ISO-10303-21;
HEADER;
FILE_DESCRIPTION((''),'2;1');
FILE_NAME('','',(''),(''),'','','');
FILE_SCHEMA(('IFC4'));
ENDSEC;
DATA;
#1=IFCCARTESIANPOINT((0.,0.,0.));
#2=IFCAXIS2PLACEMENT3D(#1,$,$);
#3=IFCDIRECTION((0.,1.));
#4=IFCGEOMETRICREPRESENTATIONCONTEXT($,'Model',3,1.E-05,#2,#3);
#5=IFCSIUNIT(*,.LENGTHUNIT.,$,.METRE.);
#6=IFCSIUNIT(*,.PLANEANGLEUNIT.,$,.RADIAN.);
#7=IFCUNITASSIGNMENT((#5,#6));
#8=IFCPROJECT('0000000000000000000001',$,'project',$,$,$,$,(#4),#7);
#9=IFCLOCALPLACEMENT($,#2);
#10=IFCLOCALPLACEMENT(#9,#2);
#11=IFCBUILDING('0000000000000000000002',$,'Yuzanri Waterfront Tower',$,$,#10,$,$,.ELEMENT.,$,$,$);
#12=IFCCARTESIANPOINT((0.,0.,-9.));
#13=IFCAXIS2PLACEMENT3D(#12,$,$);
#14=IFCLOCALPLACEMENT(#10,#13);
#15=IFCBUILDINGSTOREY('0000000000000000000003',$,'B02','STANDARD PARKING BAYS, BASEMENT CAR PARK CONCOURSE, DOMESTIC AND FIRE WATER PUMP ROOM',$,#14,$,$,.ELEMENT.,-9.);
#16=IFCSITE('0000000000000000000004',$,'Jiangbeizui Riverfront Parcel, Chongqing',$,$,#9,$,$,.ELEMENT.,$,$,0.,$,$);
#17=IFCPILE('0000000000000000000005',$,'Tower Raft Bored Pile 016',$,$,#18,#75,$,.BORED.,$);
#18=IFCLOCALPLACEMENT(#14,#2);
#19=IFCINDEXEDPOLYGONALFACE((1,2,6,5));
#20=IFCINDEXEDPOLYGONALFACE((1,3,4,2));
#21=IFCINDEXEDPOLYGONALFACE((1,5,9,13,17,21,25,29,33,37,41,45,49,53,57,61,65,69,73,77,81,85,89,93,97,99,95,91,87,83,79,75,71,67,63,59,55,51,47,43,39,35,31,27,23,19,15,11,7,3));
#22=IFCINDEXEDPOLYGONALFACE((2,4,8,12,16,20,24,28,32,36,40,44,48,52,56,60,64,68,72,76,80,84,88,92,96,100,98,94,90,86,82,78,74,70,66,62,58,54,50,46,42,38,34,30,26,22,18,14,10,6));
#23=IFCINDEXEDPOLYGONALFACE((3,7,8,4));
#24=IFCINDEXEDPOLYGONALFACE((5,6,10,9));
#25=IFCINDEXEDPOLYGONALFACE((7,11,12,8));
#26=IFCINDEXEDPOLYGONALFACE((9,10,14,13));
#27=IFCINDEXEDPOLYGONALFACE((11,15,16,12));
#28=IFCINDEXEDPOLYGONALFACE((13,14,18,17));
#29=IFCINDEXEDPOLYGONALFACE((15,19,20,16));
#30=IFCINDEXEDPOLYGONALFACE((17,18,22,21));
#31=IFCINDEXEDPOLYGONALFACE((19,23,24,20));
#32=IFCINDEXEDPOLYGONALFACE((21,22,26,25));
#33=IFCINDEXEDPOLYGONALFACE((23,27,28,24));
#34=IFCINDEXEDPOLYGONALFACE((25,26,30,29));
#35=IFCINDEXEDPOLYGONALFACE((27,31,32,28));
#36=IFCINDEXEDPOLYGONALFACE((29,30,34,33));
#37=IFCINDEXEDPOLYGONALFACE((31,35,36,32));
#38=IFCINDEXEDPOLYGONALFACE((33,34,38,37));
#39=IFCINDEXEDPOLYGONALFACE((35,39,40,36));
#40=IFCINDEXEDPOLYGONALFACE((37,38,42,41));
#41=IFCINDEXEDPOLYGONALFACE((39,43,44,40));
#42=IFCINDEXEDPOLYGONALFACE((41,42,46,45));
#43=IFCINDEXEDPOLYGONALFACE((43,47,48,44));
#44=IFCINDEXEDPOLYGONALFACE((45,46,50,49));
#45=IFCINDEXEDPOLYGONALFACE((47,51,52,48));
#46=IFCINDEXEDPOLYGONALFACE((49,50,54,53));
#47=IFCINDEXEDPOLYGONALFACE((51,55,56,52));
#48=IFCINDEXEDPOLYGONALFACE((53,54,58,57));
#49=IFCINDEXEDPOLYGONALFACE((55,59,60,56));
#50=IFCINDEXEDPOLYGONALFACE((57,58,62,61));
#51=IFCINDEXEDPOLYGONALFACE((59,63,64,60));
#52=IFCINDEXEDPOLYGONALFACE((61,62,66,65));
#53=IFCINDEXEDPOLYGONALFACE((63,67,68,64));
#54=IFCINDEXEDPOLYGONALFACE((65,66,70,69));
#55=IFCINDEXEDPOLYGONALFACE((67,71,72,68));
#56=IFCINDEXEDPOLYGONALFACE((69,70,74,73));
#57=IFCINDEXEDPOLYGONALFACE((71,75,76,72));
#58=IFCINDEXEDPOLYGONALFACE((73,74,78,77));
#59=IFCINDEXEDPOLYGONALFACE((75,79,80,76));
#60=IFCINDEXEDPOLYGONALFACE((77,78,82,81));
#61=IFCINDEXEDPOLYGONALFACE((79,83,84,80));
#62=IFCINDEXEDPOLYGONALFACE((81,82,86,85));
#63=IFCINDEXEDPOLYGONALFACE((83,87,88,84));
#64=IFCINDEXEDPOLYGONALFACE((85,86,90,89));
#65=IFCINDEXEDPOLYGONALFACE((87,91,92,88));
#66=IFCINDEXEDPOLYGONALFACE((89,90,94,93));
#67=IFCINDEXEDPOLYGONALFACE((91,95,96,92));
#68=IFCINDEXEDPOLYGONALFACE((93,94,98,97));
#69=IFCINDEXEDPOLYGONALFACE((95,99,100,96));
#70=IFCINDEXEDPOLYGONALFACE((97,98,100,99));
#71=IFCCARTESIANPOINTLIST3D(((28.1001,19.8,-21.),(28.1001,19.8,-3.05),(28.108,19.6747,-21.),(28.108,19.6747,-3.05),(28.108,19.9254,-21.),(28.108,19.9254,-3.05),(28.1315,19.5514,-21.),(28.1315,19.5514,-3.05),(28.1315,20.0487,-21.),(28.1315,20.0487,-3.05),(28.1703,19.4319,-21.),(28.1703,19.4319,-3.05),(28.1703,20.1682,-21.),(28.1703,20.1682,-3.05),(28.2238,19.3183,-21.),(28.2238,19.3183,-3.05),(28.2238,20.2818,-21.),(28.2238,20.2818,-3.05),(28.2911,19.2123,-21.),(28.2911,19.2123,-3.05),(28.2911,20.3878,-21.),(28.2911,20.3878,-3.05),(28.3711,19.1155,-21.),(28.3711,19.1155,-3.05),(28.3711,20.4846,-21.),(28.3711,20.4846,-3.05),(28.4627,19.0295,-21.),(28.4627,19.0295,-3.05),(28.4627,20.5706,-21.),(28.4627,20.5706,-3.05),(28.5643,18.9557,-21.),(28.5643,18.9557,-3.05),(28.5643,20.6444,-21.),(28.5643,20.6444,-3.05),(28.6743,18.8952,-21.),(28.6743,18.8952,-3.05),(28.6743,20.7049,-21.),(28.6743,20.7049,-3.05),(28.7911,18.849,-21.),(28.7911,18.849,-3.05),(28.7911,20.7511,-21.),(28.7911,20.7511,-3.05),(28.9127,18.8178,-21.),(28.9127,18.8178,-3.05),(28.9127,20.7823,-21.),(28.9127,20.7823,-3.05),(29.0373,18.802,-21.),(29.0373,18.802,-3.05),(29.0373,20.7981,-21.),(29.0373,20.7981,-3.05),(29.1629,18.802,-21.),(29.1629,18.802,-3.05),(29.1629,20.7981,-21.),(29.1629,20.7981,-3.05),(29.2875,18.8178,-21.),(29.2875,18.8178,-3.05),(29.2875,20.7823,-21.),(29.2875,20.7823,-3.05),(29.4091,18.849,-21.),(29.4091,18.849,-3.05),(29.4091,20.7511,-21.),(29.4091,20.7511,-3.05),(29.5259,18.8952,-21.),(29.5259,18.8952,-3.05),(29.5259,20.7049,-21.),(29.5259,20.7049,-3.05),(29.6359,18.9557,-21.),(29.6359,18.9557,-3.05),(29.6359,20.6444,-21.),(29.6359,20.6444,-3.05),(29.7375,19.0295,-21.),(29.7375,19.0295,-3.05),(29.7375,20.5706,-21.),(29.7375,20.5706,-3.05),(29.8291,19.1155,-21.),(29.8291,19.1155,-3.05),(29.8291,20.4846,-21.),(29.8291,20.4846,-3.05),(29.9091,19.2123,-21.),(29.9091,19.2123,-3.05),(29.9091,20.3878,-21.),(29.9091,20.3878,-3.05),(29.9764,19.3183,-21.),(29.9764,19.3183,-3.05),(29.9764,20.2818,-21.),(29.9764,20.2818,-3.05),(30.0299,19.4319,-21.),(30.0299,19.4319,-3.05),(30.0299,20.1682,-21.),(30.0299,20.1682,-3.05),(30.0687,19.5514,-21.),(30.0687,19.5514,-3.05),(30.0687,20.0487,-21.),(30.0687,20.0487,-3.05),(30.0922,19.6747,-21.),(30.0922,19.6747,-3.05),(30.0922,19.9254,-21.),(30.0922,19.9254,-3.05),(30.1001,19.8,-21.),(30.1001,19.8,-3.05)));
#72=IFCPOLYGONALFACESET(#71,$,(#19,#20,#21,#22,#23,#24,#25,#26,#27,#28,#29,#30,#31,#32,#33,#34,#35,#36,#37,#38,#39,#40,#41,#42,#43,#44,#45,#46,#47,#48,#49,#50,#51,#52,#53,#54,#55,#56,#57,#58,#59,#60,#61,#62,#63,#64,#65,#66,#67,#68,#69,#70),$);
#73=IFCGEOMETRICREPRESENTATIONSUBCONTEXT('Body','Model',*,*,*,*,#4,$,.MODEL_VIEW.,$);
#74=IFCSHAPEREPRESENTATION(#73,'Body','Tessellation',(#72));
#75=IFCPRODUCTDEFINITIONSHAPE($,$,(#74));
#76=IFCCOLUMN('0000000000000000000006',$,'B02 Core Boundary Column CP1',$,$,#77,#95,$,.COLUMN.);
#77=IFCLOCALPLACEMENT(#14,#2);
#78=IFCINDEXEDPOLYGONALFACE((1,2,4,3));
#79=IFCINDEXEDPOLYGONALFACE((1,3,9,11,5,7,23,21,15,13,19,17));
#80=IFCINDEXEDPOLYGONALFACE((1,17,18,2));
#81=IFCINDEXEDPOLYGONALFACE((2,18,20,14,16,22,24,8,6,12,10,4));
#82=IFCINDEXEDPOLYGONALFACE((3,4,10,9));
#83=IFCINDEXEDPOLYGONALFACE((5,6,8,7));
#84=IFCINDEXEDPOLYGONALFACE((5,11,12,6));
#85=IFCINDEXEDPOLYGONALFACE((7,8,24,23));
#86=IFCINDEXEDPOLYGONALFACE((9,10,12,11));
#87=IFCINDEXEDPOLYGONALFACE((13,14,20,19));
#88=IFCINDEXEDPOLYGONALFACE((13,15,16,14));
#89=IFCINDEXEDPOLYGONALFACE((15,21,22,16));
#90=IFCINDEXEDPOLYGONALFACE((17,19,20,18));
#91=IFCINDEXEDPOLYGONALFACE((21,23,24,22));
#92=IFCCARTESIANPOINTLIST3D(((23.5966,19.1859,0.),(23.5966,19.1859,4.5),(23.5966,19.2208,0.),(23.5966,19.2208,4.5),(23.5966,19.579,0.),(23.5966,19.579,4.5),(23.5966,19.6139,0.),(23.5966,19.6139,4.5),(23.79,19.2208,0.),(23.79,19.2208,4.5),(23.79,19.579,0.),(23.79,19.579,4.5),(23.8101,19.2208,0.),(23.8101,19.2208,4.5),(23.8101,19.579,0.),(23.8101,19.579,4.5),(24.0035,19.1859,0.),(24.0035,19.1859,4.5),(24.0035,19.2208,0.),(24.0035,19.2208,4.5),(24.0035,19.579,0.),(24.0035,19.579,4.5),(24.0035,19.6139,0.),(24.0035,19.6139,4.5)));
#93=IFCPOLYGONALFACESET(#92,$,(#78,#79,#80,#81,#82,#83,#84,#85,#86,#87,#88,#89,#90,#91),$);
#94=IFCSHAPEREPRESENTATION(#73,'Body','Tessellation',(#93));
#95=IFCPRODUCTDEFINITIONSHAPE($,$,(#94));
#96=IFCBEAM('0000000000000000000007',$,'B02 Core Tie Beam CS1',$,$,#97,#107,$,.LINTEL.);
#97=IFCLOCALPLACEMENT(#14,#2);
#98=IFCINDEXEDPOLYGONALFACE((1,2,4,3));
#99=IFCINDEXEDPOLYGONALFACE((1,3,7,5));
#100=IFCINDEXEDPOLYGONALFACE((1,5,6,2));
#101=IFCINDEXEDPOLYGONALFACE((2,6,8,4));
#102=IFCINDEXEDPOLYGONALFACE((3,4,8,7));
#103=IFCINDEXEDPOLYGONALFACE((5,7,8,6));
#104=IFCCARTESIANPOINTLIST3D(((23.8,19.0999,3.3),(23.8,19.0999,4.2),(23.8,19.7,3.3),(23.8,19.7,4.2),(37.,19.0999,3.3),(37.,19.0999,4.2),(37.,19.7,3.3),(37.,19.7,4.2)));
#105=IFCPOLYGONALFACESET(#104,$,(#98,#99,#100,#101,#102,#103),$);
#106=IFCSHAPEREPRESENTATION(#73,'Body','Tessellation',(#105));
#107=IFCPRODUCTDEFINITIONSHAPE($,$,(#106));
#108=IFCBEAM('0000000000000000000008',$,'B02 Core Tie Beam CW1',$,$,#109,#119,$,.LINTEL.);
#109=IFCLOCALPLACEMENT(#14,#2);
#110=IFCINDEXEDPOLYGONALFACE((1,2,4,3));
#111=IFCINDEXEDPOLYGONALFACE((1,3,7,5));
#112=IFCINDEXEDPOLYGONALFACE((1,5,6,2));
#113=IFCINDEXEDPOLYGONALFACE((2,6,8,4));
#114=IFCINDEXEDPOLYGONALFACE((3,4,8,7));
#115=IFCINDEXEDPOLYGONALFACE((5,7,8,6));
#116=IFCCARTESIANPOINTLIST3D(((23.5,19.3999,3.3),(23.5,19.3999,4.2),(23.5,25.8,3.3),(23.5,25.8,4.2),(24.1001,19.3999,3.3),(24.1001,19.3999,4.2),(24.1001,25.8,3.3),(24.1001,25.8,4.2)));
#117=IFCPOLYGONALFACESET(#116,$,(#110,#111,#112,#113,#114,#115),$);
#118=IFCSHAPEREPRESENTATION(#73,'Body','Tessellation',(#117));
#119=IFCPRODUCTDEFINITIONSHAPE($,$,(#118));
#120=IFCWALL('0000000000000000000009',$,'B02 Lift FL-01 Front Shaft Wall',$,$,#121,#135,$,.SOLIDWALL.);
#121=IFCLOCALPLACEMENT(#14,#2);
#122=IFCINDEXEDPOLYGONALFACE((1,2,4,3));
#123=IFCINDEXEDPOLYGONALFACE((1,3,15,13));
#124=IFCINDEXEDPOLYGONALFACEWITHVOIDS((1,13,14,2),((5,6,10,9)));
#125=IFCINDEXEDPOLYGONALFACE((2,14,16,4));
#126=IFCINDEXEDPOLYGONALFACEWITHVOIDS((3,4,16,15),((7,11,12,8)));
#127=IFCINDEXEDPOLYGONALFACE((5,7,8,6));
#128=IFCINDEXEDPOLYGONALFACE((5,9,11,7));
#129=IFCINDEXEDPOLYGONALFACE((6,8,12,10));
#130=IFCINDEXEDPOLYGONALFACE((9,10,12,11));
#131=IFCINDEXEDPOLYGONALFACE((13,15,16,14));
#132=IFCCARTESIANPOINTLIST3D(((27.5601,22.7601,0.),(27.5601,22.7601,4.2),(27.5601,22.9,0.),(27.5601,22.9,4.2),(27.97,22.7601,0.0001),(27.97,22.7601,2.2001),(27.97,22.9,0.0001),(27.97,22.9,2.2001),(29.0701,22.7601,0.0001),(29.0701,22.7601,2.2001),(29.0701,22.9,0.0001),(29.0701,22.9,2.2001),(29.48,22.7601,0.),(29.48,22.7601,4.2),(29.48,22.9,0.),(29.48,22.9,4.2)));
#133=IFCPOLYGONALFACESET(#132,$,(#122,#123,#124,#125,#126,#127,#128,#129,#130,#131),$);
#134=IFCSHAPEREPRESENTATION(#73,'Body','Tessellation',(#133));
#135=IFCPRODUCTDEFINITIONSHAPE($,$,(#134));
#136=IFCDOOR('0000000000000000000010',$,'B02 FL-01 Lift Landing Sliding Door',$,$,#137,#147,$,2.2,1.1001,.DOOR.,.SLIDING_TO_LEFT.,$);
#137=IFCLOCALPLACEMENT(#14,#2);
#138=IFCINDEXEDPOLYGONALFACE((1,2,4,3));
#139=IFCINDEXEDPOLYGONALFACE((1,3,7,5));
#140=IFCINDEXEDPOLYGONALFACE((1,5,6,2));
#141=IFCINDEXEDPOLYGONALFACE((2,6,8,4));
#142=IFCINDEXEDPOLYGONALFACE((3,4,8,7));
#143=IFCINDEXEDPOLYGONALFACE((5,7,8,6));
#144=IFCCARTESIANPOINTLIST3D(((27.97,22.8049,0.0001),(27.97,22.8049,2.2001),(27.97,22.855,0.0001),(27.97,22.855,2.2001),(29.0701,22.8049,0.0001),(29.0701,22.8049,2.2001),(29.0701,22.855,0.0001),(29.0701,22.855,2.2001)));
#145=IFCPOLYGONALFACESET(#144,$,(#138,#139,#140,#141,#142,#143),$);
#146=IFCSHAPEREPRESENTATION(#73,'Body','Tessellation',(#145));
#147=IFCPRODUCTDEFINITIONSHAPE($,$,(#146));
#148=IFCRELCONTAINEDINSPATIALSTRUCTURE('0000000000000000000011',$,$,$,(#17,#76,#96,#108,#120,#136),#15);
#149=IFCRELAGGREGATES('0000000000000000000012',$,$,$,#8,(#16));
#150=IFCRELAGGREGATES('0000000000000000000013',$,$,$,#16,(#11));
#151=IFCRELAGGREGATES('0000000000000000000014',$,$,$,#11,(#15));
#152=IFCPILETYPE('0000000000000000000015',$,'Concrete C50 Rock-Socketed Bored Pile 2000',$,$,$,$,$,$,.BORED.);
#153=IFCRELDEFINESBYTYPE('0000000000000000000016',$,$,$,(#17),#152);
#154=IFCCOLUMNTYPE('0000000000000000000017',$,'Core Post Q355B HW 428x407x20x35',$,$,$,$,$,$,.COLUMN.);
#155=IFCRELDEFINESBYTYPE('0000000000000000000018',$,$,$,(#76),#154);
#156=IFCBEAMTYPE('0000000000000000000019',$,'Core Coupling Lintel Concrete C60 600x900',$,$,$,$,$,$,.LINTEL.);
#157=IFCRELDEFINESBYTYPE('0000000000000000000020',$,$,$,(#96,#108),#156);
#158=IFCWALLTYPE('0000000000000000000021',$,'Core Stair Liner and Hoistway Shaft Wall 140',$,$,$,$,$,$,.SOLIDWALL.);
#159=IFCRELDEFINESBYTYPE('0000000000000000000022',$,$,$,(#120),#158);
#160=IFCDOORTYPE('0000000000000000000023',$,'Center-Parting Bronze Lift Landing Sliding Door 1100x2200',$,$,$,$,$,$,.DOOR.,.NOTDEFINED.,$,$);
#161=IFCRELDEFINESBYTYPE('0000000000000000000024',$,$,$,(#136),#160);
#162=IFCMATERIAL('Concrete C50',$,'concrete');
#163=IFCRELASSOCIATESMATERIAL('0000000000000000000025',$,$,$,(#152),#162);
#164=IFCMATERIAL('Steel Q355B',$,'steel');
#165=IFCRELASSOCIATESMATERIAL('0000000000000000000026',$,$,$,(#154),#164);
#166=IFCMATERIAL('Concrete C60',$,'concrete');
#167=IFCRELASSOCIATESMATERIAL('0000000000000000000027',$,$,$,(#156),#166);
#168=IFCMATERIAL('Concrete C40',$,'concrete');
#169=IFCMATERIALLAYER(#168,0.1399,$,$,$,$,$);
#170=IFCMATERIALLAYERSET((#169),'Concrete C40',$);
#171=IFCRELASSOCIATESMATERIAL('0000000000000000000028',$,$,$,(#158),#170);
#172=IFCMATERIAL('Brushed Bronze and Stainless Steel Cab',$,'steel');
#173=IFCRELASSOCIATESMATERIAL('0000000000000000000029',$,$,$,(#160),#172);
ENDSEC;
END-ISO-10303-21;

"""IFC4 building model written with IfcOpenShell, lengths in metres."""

from ifc_helpers import new_model, si_unit, direction, frame, frame_2d, origin, origin_2d, place, context, subcontext, project, spatial, rectangle, circle, i_section, extrude, source, transform, mapped, material, layer, layer_set, material_profile, profile_set, type_object, element, fill, save


model = new_model("IFC4")

# Units and contexts
model_context = context("Model", 3, precision=1e-05, world=origin(), true_north=direction((0.0, 1.0)))
body_context = subcontext(model_context, "Body", "Model", "MODEL_VIEW")
ifc_project = project(units=[si_unit("LENGTHUNIT", "METRE"), si_unit("PLANEANGLEUNIT", "RADIAN")], contexts=[model_context])

# Site, building, storey
site_placement = place(None, origin())
site = spatial("IfcSite", under=ifc_project, at=site_placement, Name="Jiangbeizui Riverfront Parcel, Chongqing", CompositionType="ELEMENT", RefElevation=0.0)
building_placement = place(site_placement, origin())
building = spatial("IfcBuilding", under=site, at=building_placement, Name="Yuzanri Waterfront Tower", CompositionType="ELEMENT")
storey_placement = place(building_placement, frame((0.0, 0.0, -9.0)))
storey = spatial("IfcBuildingStorey", under=building, at=storey_placement, Name="B02", Description="STANDARD PARKING BAYS, BASEMENT CAR PARK CONCOURSE, DOMESTIC AND FIRE WATER PUMP ROOM", CompositionType="ELEMENT", Elevation=-9.0)

# Pile
ifc_material_1 = material(Name="Concrete C50", Category="concrete")
ifc_material_profile_1 = material_profile(ifc_material_1, circle(Radius=1.0, at=origin_2d()), Name="PILE D2000")
ifc_profile_set_1 = profile_set([ifc_material_profile_1], Name="Concrete C50")
pile_type_1 = type_object("IfcPileType", Name="Concrete C50 Rock-Socketed Bored Pile 2000", PredefinedType="BORED", material=ifc_profile_set_1)
shared_shape_1 = source(origin(), body_context, "Body", "SweptSolid", [
    extrude(circle(Radius=1.0, at=origin_2d()), origin(), (0.0, 0.0, 1.0), 17.95),
])
for number, where, z_axis, x_axis, name in (
    (1, (29.1001, 19.8, -3.05), (0.0, 0.0, -1.0), (1.0, 0.0, 0.0), "Tower Raft Bored Pile 016"),
):
    element("IfcPile", number, at=place(storey_placement, frame(where, z_axis=z_axis, x_axis=x_axis)), inside=storey, type_object=pile_type_1, Name=name, PredefinedType="BORED", context=body_context, shape_type="MappedRepresentation", body=[
        mapped(shared_shape_1, transform((0.0, 0.0, 0.0), scale=1.0)),
    ])

# Column
ifc_material_2 = material(Name="Steel Q355B", Category="steel")
ifc_material_profile_2 = material_profile(ifc_material_2, i_section(OverallWidth=0.407, OverallDepth=0.428, WebThickness=0.02, FlangeThickness=0.0349, at=origin_2d()), Name="HW 428x407x20x35")
ifc_profile_set_2 = profile_set([ifc_material_profile_2], Name="Steel Q355B")
column_type = type_object("IfcColumnType", Name="Core Post Q355B HW 428x407x20x35", PredefinedType="COLUMN", material=ifc_profile_set_2)
shared_shape_2 = source(origin(), body_context, "Body", "SweptSolid", [
    extrude(i_section(OverallWidth=0.407, OverallDepth=0.428, WebThickness=0.02, FlangeThickness=0.0349, at=origin_2d()), origin(), (0.0, 0.0, 1.0), 4.5),
])
column_placement = place(storey_placement, frame((23.8, 19.3999, 0.0), z_axis=(0.0, 0.0, 1.0), x_axis=(1.0, 0.0, 0.0)))
element("IfcColumn", 2, at=column_placement, inside=storey, type_object=column_type, Name="B02 Core Boundary Column CP1", PredefinedType="COLUMN", context=body_context, shape_type="MappedRepresentation", body=[
    mapped(shared_shape_2, transform((0.0, 0.0, 0.0), scale=1.0)),
])

# Beams
ifc_material_3 = material(Name="Concrete C60", Category="concrete")
ifc_material_profile_3 = material_profile(ifc_material_3, rectangle(XDim=0.6001, YDim=0.8999, at=origin_2d()), Name="RC 600x900")
ifc_profile_set_3 = profile_set([ifc_material_profile_3], Name="Concrete C60")
beam_type = type_object("IfcBeamType", Name="Core Coupling Lintel Concrete C60 600x900", PredefinedType="LINTEL", material=ifc_profile_set_3)
shared_shape_3 = source(origin(), body_context, "Body", "SweptSolid", [
    extrude(rectangle(XDim=0.6001, YDim=0.8999, at=origin_2d()), origin(), (0.0, 0.0, 1.0), 13.2),
])
beam_1_placement = place(storey_placement, frame((23.8, 19.3999, 3.75), z_axis=(1.0, 0.0, 0.0), x_axis=(0.0, 1.0, 0.0)))
element("IfcBeam", 3, at=beam_1_placement, inside=storey, type_object=beam_type, Name="B02 Core Tie Beam CS1", PredefinedType="LINTEL", context=body_context, shape_type="MappedRepresentation", body=[
    mapped(shared_shape_3, transform((0.0, 0.0, 0.0), scale=1.0)),
])
shared_shape_4 = source(origin(), body_context, "Body", "SweptSolid", [
    extrude(rectangle(XDim=0.6001, YDim=0.8999, at=origin_2d()), origin(), (0.0, 0.0, 1.0), 6.4001),
])
beam_2_placement = place(storey_placement, frame((23.8, 19.3999, 3.75), z_axis=(0.0, 1.0, 0.0), x_axis=(-1.0, 0.0, 0.0)))
element("IfcBeam", 4, at=beam_2_placement, inside=storey, type_object=beam_type, Name="B02 Core Tie Beam CW1", PredefinedType="LINTEL", context=body_context, shape_type="MappedRepresentation", body=[
    mapped(shared_shape_4, transform((0.0, 0.0, 0.0), scale=1.0)),
])

# Wall, opening, door
ifc_material_4 = material(Name="Concrete C40", Category="concrete")
ifc_layer_1 = layer(ifc_material_4, 0.1399)
ifc_layer_set_1 = layer_set([ifc_layer_1], Name="Concrete C40")
wall_type_1 = type_object("IfcWallType", Name="Core Stair Liner and Hoistway Shaft Wall 140", PredefinedType="SOLIDWALL", material=ifc_layer_set_1)
wall_1_placement = place(storey_placement, frame((27.5601, 22.8301, 0.0), z_axis=(0.0, 0.0, 1.0), x_axis=(1.0, 0.0, 0.0)))
wall_1 = element("IfcWall", 5, at=wall_1_placement, inside=storey, type_object=wall_type_1, Name="B02 Lift FL-01 Front Shaft Wall", PredefinedType="SOLIDWALL", context=body_context, shape_type="SweptSolid", body=[
    extrude(rectangle(XDim=1.9199, YDim=0.1399, at=frame_2d((0.96, 0.0))), origin(), (0.0, 0.0, 1.0), 4.2),
])
opening_1_placement = place(wall_1_placement, frame((0.4099, 0.0, 0.0)))
opening_1 = element("IfcOpeningElement", 6, at=opening_1_placement, cuts=wall_1, PredefinedType="OPENING", context=body_context, shape_type="SweptSolid", body=[
    extrude(rectangle(XDim=1.1001, YDim=2.2, at=frame_2d((0.55, 1.1001))), frame((0.0, 0.085, 0.0), z_axis=(0.0, -1.0, 0.0), x_axis=(1.0, 0.0, 0.0)), (0.0, 0.0, 1.0), 0.1697),
])
ifc_material_5 = material(Name="Brushed Bronze and Stainless Steel Cab", Category="steel")
door_type_1 = type_object("IfcDoorType", Name="Center-Parting Bronze Lift Landing Sliding Door 1100x2200", OperationType="NOTDEFINED", PredefinedType="DOOR", material=ifc_material_5)
shared_shape_5 = source(origin(), body_context, "Body", "SweptSolid", [
    extrude(rectangle(XDim=1.1001, YDim=2.2, at=frame_2d((0.55, 1.1001))), frame((0.0, 0.0249, 0.0), z_axis=(0.0, -1.0, 0.0), x_axis=(1.0, 0.0, 0.0)), (0.0, 0.0, 1.0), 0.05),
])
door_1_placement = place(opening_1_placement, origin())
door_1 = element("IfcDoor", 7, at=door_1_placement, inside=storey, type_object=door_type_1, Name="B02 FL-01 Lift Landing Sliding Door", OperationType="SLIDING_TO_LEFT", OverallHeight=2.2, OverallWidth=1.1001, PredefinedType="DOOR", context=body_context, shape_type="MappedRepresentation", body=[
    mapped(shared_shape_5, transform((0.0, 0.0, 0.0), scale=1.0)),
])
fill(opening_1, door_1)

save(model, "model.ifc")
